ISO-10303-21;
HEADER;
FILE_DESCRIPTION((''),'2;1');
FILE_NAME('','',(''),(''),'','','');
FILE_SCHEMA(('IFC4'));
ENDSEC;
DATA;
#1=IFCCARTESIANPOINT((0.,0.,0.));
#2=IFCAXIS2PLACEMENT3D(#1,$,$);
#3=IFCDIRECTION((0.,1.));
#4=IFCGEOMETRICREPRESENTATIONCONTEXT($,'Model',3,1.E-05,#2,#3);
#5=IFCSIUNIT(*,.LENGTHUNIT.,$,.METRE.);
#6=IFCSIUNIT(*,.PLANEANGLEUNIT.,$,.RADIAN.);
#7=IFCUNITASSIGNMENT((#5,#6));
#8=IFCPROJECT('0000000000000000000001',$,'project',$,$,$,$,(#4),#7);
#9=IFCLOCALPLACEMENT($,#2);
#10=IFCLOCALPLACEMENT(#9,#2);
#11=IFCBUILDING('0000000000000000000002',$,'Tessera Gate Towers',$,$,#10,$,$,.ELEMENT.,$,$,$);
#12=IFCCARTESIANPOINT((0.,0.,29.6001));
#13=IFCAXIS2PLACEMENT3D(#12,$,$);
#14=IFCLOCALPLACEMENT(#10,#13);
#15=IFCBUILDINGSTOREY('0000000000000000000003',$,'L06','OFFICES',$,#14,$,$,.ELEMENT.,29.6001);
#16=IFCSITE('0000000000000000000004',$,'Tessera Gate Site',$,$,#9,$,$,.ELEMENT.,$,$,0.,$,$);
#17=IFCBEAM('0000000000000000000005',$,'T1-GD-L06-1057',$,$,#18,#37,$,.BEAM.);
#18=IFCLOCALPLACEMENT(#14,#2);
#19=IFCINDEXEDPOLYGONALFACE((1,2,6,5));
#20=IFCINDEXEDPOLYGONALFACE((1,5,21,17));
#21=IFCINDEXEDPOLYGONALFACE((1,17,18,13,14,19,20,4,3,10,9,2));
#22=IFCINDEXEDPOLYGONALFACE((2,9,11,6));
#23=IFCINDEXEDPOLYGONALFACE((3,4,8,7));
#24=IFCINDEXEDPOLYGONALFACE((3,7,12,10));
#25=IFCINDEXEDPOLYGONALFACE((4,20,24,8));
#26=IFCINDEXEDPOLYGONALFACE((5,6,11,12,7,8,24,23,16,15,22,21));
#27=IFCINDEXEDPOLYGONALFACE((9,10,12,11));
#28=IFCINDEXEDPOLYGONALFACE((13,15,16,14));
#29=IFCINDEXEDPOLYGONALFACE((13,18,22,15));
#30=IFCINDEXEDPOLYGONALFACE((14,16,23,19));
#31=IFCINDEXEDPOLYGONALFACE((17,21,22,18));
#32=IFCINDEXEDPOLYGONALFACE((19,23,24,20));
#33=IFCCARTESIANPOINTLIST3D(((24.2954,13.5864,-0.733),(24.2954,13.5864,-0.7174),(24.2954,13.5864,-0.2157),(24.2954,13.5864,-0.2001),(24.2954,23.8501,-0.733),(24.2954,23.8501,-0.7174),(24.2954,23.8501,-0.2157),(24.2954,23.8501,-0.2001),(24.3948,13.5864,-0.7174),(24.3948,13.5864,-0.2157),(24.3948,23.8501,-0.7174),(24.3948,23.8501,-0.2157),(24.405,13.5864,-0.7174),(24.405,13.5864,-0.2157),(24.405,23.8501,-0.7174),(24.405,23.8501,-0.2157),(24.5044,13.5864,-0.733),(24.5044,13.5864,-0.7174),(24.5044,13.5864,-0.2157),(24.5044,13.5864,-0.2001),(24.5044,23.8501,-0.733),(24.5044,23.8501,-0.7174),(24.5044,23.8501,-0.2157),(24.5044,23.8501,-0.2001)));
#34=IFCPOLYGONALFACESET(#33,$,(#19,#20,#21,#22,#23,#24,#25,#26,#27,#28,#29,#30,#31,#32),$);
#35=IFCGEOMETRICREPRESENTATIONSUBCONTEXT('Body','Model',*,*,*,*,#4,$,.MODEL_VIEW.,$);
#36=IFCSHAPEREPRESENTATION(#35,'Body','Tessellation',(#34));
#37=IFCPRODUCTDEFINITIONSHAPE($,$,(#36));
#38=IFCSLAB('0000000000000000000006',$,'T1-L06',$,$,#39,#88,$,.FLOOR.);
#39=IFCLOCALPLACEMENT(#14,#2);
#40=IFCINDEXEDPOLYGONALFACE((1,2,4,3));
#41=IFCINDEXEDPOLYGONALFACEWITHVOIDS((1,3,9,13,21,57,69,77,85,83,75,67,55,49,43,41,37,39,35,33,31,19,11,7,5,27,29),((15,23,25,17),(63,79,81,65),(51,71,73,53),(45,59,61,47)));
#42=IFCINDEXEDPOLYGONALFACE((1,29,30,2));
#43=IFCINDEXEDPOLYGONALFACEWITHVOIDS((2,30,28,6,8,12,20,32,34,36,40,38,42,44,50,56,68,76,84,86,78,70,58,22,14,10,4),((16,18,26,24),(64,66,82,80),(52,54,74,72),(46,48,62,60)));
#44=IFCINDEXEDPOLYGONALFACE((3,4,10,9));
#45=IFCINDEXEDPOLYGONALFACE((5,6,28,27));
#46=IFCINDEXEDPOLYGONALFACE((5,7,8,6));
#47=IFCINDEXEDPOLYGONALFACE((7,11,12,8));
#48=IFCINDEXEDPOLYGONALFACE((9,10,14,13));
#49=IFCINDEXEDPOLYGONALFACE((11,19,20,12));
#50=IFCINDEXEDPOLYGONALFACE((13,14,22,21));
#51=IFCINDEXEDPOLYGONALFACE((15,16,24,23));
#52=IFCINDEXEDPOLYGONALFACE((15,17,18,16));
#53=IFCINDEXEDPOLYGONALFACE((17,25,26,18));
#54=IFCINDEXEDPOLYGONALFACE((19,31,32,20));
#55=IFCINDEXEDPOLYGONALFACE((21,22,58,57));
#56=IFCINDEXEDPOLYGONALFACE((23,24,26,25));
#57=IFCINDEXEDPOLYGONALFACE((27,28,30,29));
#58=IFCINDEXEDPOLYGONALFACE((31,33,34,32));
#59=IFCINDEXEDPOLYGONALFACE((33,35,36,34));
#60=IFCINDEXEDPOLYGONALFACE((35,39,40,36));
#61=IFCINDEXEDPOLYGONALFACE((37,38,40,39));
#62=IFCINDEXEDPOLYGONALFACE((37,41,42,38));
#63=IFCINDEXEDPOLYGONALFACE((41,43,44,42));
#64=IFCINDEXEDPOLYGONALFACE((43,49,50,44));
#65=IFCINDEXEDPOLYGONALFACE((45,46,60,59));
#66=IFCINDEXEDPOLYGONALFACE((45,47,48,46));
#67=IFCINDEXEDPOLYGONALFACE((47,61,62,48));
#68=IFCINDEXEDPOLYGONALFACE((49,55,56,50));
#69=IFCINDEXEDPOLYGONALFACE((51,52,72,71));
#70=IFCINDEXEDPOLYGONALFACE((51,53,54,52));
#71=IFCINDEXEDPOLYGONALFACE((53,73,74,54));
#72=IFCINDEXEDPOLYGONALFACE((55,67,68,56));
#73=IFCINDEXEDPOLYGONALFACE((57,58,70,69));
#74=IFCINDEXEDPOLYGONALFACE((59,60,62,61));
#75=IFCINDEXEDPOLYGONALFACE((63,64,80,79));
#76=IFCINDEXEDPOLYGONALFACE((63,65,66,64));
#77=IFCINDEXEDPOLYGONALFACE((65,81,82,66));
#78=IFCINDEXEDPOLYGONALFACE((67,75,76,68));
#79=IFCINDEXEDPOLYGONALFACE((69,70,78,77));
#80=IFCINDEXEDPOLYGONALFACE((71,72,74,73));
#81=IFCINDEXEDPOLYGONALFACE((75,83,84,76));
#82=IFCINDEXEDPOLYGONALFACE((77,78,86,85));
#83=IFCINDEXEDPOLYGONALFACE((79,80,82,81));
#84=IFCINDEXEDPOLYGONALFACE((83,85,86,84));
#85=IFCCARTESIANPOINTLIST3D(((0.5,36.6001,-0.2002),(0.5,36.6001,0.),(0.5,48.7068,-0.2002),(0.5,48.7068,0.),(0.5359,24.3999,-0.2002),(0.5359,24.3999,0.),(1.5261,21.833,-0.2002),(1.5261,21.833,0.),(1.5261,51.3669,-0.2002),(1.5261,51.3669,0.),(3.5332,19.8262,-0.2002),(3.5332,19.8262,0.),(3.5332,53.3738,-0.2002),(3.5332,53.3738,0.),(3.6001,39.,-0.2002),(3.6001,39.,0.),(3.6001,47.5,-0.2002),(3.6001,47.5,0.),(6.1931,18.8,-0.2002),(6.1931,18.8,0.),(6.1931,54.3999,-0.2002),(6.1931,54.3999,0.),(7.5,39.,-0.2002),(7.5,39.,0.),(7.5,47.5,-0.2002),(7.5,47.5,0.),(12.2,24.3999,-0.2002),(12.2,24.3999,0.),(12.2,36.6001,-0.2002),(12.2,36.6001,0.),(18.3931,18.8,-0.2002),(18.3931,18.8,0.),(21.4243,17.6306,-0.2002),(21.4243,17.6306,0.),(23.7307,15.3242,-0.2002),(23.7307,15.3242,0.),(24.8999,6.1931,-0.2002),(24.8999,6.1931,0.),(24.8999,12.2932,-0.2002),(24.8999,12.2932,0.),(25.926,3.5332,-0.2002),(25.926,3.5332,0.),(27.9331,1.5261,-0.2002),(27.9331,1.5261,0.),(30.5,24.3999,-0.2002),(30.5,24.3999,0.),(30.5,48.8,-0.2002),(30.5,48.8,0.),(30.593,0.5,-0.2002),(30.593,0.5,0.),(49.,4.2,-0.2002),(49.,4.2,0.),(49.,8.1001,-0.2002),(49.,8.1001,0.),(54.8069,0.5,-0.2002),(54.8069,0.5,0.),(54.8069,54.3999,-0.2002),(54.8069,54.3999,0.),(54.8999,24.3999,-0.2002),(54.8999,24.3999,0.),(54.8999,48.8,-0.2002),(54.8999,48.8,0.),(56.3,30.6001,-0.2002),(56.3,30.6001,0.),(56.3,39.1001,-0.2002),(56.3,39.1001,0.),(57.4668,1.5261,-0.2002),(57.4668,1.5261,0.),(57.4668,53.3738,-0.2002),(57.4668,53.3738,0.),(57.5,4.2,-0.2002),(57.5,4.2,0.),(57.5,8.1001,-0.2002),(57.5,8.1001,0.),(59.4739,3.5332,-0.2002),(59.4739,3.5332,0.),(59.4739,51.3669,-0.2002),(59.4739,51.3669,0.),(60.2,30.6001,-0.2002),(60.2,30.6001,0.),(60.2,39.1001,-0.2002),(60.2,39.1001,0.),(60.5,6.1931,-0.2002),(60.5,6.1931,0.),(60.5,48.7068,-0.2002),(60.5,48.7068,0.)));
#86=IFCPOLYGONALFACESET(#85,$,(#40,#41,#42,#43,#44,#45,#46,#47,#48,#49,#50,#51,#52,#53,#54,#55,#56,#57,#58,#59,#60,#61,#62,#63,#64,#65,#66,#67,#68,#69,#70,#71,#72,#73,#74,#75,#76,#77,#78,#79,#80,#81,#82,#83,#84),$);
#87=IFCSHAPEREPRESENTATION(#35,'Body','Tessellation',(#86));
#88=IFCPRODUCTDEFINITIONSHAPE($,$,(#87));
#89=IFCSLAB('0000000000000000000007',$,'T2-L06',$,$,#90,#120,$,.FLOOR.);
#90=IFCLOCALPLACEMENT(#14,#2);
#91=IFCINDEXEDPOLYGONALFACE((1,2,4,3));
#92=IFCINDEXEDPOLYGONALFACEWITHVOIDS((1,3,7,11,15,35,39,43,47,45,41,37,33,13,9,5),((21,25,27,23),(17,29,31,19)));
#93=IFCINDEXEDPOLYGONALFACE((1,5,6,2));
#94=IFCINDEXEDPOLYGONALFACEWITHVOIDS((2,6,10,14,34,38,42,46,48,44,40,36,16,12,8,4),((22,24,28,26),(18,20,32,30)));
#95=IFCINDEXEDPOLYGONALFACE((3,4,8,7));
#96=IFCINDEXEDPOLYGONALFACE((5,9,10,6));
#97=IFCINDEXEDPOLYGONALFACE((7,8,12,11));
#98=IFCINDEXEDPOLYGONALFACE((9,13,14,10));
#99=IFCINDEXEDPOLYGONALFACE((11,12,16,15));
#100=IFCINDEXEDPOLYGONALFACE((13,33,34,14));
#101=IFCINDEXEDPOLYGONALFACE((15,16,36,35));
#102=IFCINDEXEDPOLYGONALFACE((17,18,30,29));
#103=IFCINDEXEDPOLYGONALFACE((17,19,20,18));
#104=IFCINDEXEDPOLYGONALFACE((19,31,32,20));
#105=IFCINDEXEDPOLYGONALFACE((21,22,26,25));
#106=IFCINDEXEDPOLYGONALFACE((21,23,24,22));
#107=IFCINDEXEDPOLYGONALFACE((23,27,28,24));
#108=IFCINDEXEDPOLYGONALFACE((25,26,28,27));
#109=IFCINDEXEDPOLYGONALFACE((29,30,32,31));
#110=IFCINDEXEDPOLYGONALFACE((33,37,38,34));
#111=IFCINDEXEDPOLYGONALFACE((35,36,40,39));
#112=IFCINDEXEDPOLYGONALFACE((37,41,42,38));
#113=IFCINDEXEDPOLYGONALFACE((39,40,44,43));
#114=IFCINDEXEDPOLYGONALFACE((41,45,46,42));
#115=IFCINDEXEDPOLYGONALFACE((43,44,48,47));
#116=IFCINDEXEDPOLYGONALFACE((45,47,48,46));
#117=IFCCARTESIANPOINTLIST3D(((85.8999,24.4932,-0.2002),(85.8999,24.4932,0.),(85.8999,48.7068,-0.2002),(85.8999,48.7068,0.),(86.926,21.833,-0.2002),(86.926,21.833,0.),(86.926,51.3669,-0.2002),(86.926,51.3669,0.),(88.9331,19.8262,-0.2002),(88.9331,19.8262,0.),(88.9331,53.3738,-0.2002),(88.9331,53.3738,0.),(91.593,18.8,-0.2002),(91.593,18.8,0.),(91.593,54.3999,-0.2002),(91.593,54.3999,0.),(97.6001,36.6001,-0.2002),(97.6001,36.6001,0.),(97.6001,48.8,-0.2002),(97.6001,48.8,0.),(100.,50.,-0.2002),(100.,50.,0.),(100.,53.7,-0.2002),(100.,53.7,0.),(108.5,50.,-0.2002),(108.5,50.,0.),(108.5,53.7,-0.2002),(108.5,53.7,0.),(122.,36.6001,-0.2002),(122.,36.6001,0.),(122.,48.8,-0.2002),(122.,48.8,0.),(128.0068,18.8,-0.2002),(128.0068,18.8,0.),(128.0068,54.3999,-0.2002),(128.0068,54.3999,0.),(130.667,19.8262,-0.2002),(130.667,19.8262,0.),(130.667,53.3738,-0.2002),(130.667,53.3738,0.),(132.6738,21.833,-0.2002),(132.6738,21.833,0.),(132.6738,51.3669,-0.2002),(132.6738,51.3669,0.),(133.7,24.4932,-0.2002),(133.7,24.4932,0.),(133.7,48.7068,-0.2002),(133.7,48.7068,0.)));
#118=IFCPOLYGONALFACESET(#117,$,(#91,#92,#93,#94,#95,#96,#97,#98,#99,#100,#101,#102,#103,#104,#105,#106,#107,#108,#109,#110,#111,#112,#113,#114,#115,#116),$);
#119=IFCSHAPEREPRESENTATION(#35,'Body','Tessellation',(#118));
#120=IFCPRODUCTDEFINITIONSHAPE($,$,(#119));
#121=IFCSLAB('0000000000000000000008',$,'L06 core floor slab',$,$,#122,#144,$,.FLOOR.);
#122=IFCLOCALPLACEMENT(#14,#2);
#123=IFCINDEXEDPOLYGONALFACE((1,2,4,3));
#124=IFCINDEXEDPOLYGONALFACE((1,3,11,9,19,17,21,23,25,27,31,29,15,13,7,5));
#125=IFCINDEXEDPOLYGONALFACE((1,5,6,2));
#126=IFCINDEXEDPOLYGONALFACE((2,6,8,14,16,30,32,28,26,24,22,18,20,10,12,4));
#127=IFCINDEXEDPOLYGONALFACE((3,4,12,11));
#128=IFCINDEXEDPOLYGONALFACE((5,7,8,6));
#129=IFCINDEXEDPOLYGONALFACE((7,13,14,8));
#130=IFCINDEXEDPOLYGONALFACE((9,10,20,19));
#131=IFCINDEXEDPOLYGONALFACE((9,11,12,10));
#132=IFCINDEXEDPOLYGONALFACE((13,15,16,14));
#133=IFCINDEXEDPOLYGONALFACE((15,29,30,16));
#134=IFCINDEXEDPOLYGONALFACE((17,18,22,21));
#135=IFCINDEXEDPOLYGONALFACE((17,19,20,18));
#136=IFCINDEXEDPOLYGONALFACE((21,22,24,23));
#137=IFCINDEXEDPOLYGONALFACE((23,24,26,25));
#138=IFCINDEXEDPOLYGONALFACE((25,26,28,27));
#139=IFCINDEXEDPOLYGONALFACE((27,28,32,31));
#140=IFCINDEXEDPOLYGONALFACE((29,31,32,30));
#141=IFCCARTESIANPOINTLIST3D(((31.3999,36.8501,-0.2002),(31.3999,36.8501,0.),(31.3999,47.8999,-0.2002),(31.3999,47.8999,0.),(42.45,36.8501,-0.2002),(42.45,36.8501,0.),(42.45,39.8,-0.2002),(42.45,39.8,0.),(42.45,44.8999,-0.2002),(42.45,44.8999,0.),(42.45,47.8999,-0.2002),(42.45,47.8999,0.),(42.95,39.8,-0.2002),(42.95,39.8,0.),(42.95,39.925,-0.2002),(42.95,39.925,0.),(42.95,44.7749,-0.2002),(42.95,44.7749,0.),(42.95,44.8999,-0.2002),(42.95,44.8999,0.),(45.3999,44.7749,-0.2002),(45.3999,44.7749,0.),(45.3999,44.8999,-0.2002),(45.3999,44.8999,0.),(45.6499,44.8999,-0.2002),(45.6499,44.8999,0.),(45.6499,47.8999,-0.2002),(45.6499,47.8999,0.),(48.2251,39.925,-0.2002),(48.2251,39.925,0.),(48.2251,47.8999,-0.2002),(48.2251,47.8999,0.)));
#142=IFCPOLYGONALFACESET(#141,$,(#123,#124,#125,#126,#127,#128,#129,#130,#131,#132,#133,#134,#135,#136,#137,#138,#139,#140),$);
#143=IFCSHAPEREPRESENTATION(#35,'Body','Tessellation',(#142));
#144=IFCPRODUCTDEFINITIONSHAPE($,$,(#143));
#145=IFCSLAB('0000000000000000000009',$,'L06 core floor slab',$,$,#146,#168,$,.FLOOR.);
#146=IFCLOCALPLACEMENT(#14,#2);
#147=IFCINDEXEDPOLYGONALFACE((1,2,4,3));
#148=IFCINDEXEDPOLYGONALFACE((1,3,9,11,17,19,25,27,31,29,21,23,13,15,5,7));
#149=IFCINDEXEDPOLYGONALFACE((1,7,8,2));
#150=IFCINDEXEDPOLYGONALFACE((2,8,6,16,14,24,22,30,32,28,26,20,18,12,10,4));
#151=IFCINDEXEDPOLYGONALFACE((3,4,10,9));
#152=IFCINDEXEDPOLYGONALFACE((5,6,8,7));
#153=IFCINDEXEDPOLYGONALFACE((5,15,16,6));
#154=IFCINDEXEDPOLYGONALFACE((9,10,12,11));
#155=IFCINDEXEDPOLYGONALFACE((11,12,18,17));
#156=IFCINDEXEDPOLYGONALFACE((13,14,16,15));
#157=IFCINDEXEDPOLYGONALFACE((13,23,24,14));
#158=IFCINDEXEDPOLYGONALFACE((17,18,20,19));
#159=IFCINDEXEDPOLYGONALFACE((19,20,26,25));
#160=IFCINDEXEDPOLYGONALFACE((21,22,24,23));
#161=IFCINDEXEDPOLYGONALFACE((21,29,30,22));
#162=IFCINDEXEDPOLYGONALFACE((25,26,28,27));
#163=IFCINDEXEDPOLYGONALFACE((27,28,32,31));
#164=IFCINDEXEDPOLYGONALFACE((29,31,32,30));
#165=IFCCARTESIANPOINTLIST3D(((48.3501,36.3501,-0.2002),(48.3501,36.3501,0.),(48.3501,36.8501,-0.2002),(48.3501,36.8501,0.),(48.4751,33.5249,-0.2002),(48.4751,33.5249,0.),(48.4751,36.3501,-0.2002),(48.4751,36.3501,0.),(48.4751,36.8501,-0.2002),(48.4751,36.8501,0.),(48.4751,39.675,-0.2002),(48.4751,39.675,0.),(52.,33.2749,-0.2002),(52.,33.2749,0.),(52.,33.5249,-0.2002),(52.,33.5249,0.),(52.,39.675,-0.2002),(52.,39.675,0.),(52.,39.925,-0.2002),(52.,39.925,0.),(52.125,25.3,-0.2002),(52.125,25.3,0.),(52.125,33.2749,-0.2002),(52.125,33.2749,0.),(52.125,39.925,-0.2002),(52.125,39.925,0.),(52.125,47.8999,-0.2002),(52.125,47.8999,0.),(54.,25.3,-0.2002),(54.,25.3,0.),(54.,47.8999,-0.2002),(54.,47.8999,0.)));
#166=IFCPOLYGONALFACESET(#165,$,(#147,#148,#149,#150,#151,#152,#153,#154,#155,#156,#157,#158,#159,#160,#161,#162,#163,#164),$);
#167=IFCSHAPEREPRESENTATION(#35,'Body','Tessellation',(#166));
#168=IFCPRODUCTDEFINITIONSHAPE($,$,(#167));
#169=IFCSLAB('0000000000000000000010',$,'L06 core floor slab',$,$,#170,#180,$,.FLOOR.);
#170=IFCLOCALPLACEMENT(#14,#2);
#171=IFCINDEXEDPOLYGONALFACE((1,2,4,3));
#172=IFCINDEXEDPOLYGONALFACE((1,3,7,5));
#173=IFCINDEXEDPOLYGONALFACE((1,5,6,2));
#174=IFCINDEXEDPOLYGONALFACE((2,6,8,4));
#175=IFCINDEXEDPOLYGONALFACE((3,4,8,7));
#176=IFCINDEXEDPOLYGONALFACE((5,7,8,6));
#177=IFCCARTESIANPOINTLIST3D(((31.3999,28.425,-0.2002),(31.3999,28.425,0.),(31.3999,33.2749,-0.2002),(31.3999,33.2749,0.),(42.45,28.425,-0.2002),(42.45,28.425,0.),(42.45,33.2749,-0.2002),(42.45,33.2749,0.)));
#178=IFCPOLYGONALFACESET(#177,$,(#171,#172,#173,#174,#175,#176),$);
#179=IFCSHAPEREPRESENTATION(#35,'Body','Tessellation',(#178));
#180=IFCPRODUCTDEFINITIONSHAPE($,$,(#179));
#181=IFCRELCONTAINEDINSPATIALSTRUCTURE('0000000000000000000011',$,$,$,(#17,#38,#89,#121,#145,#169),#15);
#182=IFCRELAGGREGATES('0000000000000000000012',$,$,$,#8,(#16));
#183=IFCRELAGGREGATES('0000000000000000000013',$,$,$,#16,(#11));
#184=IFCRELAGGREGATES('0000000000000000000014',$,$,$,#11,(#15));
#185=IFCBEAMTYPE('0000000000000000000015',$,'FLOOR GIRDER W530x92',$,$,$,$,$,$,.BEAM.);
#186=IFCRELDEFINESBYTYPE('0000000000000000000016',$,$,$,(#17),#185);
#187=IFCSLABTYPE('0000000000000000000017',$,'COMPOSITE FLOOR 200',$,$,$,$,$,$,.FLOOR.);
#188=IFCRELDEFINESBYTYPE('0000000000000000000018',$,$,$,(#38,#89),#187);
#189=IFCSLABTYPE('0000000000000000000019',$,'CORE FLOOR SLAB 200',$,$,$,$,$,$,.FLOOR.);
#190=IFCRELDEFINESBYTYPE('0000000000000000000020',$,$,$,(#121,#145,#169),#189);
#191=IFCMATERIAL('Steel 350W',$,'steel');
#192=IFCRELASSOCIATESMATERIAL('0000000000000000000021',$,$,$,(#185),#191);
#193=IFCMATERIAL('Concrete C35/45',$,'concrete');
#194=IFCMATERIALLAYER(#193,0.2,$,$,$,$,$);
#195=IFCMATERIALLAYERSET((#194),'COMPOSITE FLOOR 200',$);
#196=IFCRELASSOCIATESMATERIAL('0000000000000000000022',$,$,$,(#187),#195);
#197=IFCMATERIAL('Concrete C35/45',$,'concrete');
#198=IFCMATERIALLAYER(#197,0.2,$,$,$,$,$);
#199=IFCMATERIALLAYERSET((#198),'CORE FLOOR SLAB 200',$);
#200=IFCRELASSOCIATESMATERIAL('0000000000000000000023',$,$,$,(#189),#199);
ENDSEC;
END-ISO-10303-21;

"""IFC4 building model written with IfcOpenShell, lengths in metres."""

from ifc_helpers import new_model, si_unit, direction, frame, origin, origin_2d, place, context, subcontext, project, spatial, polyline, i_section, outline, extrude, material, layer, layer_set, material_profile, profile_set, type_object, element, save


model = new_model("IFC4")

# Units and contexts
model_context = context("Model", 3, precision=1e-05, world=origin(), true_north=direction((0.0, 1.0)))
body_context = subcontext(model_context, "Body", "Model", "MODEL_VIEW")
ifc_project = project(units=[si_unit("LENGTHUNIT", "METRE"), si_unit("PLANEANGLEUNIT", "RADIAN")], contexts=[model_context])

# Site, building, storey
site_placement = place(None, origin())
site = spatial("IfcSite", under=ifc_project, at=site_placement, Name="Tessera Gate Site", CompositionType="ELEMENT", RefElevation=0.0)
building_placement = place(site_placement, origin())
building = spatial("IfcBuilding", under=site, at=building_placement, Name="Tessera Gate Towers", CompositionType="ELEMENT")
storey_placement = place(building_placement, frame((0.0, 0.0, 29.6001)))
storey = spatial("IfcBuildingStorey", under=building, at=storey_placement, Name="L06", Description="OFFICES", CompositionType="ELEMENT", Elevation=29.6001)

# Beam
ifc_material_1 = material(Name="Steel 350W", Category="steel")
ifc_material_profile = material_profile(ifc_material_1, i_section(OverallWidth=0.209, OverallDepth=0.533, WebThickness=0.0103, FlangeThickness=0.0156, at=origin_2d()), Name="W530x92")
ifc_profile_set = profile_set([ifc_material_profile], Name="Steel 350W")
beam_type = type_object("IfcBeamType", Name="FLOOR GIRDER W530x92", PredefinedType="BEAM", material=ifc_profile_set)
beam_placement = place(storey_placement, frame((24.3999, 13.5864, -0.4666), z_axis=(0.0, 1.0, 0.0), x_axis=(-1.0, 0.0, 0.0)))
element("IfcBeam", 1, at=beam_placement, inside=storey, type_object=beam_type, Name="T1-GD-L06-1057", PredefinedType="BEAM", context=body_context, shape_type="SweptSolid", body=[
    extrude(i_section(OverallWidth=0.209, OverallDepth=0.533, WebThickness=0.0103, FlangeThickness=0.0156, at=origin_2d()), origin(), (0.0, 0.0, 1.0), 10.2637),
])

# Slabs
ifc_material_2 = material(Name="Concrete C35/45", Category="concrete")
ifc_layer_1 = layer(ifc_material_2, 0.2)
ifc_layer_set_1 = layer_set([ifc_layer_1], Name="COMPOSITE FLOOR 200")
slab_type_1 = type_object("IfcSlabType", Name="COMPOSITE FLOOR 200", PredefinedType="FLOOR", material=ifc_layer_set_1)
slab_1_placement = place(storey_placement, frame((0.0, 0.0, -0.2002)))
element("IfcSlab", 2, at=slab_1_placement, inside=storey, type_object=slab_type_1, Name="T1-L06", PredefinedType="FLOOR", context=body_context, shape_type="SweptSolid", body=[
    extrude(outline(polyline([(0.5, 36.6001), (12.2, 36.6001), (12.2, 24.3999), (0.5359, 24.3999), (1.5261, 21.833), (3.5332, 19.8262), (6.1931, 18.8), (18.3931, 18.8), (21.4243, 17.6306), (23.7307, 15.3242), (24.8999, 12.2932), (24.8999, 6.1931), (25.926, 3.5332), (27.9331, 1.5261), (30.593, 0.5), (54.8069, 0.5), (57.4668, 1.5261), (59.4739, 3.5332), (60.5, 6.1931), (60.5, 48.7068), (59.4739, 51.3669), (57.4668, 53.3738), (54.8069, 54.3999), (6.1931, 54.3999), (3.5332, 53.3738), (1.5261, 51.3669), (0.5, 48.7068), (0.5, 36.6001)]), holes=[polyline([(3.6001, 39.0), (3.6001, 47.5), (7.5, 47.5), (7.5, 39.0), (3.6001, 39.0)]), polyline([(30.5, 24.3999), (30.5, 48.8), (54.8999, 48.8), (54.8999, 24.3999), (30.5, 24.3999)]), polyline([(49.0, 4.2), (49.0, 8.1001), (57.5, 8.1001), (57.5, 4.2), (49.0, 4.2)]), polyline([(56.3, 30.6001), (56.3, 39.1001), (60.2, 39.1001), (60.2, 30.6001), (56.3, 30.6001)])]), origin(), (0.0, 0.0, 1.0), 0.2002),
])
slab_2_placement = place(storey_placement, frame((0.0, 0.0, -0.2002)))
element("IfcSlab", 3, at=slab_2_placement, inside=storey, type_object=slab_type_1, Name="T2-L06", PredefinedType="FLOOR", context=body_context, shape_type="SweptSolid", body=[
    extrude(outline(polyline([(85.8999, 24.4932), (86.926, 21.833), (88.9331, 19.8262), (91.593, 18.8), (128.0068, 18.8), (130.667, 19.8262), (132.6738, 21.833), (133.7, 24.4932), (133.7, 48.7068), (132.6738, 51.3669), (130.667, 53.3738), (128.0068, 54.3999), (91.593, 54.3999), (88.9331, 53.3738), (86.926, 51.3669), (85.8999, 48.7068), (85.8999, 24.4932)]), holes=[polyline([(97.6001, 36.6001), (97.6001, 48.8), (122.0, 48.8), (122.0, 36.6001), (97.6001, 36.6001)]), polyline([(100.0, 50.0), (100.0, 53.7), (108.5, 53.7), (108.5, 50.0), (100.0, 50.0)])]), origin(), (0.0, 0.0, 1.0), 0.2002),
])
ifc_material_3 = material(Name="Concrete C35/45", Category="concrete")
ifc_layer_2 = layer(ifc_material_3, 0.2)
ifc_layer_set_2 = layer_set([ifc_layer_2], Name="CORE FLOOR SLAB 200")
slab_type_2 = type_object("IfcSlabType", Name="CORE FLOOR SLAB 200", PredefinedType="FLOOR", material=ifc_layer_set_2)
slab_3_placement = place(storey_placement, frame((0.0, 0.0, -0.2002)))
element("IfcSlab", 4, at=slab_3_placement, inside=storey, type_object=slab_type_2, Name="L06 core floor slab", PredefinedType="FLOOR", context=body_context, shape_type="SweptSolid", body=[
    extrude(outline(polyline([(31.3999, 47.8999), (31.3999, 36.8501), (42.45, 36.8501), (42.45, 39.8), (42.95, 39.8), (42.95, 39.925), (48.2251, 39.925), (48.2251, 47.8999), (45.6499, 47.8999), (45.6499, 44.8999), (45.3999, 44.8999), (45.3999, 44.7749), (42.95, 44.7749), (42.95, 44.8999), (42.45, 44.8999), (42.45, 47.8999), (31.3999, 47.8999)])), origin(), (0.0, 0.0, 1.0), 0.2002),
])
slab_4_placement = place(storey_placement, frame((0.0, 0.0, -0.2002)))
element("IfcSlab", 5, at=slab_4_placement, inside=storey, type_object=slab_type_2, Name="L06 core floor slab", PredefinedType="FLOOR", context=body_context, shape_type="SweptSolid", body=[
    extrude(outline(polyline([(48.3501, 36.8501), (48.3501, 36.3501), (48.4751, 36.3501), (48.4751, 33.5249), (52.0, 33.5249), (52.0, 33.2749), (52.125, 33.2749), (52.125, 25.3), (54.0, 25.3), (54.0, 47.8999), (52.125, 47.8999), (52.125, 39.925), (52.0, 39.925), (52.0, 39.675), (48.4751, 39.675), (48.4751, 36.8501), (48.3501, 36.8501)])), origin(), (0.0, 0.0, 1.0), 0.2002),
])
slab_5_placement = place(storey_placement, frame((0.0, 0.0, -0.2002)))
element("IfcSlab", 6, at=slab_5_placement, inside=storey, type_object=slab_type_2, Name="L06 core floor slab", PredefinedType="FLOOR", context=body_context, shape_type="SweptSolid", body=[
    extrude(outline(polyline([(42.45, 28.425), (42.45, 33.2749), (31.3999, 33.2749), (31.3999, 28.425), (42.45, 28.425)])), origin(), (0.0, 0.0, 1.0), 0.2002),
])

save(model, "model.ifc")
